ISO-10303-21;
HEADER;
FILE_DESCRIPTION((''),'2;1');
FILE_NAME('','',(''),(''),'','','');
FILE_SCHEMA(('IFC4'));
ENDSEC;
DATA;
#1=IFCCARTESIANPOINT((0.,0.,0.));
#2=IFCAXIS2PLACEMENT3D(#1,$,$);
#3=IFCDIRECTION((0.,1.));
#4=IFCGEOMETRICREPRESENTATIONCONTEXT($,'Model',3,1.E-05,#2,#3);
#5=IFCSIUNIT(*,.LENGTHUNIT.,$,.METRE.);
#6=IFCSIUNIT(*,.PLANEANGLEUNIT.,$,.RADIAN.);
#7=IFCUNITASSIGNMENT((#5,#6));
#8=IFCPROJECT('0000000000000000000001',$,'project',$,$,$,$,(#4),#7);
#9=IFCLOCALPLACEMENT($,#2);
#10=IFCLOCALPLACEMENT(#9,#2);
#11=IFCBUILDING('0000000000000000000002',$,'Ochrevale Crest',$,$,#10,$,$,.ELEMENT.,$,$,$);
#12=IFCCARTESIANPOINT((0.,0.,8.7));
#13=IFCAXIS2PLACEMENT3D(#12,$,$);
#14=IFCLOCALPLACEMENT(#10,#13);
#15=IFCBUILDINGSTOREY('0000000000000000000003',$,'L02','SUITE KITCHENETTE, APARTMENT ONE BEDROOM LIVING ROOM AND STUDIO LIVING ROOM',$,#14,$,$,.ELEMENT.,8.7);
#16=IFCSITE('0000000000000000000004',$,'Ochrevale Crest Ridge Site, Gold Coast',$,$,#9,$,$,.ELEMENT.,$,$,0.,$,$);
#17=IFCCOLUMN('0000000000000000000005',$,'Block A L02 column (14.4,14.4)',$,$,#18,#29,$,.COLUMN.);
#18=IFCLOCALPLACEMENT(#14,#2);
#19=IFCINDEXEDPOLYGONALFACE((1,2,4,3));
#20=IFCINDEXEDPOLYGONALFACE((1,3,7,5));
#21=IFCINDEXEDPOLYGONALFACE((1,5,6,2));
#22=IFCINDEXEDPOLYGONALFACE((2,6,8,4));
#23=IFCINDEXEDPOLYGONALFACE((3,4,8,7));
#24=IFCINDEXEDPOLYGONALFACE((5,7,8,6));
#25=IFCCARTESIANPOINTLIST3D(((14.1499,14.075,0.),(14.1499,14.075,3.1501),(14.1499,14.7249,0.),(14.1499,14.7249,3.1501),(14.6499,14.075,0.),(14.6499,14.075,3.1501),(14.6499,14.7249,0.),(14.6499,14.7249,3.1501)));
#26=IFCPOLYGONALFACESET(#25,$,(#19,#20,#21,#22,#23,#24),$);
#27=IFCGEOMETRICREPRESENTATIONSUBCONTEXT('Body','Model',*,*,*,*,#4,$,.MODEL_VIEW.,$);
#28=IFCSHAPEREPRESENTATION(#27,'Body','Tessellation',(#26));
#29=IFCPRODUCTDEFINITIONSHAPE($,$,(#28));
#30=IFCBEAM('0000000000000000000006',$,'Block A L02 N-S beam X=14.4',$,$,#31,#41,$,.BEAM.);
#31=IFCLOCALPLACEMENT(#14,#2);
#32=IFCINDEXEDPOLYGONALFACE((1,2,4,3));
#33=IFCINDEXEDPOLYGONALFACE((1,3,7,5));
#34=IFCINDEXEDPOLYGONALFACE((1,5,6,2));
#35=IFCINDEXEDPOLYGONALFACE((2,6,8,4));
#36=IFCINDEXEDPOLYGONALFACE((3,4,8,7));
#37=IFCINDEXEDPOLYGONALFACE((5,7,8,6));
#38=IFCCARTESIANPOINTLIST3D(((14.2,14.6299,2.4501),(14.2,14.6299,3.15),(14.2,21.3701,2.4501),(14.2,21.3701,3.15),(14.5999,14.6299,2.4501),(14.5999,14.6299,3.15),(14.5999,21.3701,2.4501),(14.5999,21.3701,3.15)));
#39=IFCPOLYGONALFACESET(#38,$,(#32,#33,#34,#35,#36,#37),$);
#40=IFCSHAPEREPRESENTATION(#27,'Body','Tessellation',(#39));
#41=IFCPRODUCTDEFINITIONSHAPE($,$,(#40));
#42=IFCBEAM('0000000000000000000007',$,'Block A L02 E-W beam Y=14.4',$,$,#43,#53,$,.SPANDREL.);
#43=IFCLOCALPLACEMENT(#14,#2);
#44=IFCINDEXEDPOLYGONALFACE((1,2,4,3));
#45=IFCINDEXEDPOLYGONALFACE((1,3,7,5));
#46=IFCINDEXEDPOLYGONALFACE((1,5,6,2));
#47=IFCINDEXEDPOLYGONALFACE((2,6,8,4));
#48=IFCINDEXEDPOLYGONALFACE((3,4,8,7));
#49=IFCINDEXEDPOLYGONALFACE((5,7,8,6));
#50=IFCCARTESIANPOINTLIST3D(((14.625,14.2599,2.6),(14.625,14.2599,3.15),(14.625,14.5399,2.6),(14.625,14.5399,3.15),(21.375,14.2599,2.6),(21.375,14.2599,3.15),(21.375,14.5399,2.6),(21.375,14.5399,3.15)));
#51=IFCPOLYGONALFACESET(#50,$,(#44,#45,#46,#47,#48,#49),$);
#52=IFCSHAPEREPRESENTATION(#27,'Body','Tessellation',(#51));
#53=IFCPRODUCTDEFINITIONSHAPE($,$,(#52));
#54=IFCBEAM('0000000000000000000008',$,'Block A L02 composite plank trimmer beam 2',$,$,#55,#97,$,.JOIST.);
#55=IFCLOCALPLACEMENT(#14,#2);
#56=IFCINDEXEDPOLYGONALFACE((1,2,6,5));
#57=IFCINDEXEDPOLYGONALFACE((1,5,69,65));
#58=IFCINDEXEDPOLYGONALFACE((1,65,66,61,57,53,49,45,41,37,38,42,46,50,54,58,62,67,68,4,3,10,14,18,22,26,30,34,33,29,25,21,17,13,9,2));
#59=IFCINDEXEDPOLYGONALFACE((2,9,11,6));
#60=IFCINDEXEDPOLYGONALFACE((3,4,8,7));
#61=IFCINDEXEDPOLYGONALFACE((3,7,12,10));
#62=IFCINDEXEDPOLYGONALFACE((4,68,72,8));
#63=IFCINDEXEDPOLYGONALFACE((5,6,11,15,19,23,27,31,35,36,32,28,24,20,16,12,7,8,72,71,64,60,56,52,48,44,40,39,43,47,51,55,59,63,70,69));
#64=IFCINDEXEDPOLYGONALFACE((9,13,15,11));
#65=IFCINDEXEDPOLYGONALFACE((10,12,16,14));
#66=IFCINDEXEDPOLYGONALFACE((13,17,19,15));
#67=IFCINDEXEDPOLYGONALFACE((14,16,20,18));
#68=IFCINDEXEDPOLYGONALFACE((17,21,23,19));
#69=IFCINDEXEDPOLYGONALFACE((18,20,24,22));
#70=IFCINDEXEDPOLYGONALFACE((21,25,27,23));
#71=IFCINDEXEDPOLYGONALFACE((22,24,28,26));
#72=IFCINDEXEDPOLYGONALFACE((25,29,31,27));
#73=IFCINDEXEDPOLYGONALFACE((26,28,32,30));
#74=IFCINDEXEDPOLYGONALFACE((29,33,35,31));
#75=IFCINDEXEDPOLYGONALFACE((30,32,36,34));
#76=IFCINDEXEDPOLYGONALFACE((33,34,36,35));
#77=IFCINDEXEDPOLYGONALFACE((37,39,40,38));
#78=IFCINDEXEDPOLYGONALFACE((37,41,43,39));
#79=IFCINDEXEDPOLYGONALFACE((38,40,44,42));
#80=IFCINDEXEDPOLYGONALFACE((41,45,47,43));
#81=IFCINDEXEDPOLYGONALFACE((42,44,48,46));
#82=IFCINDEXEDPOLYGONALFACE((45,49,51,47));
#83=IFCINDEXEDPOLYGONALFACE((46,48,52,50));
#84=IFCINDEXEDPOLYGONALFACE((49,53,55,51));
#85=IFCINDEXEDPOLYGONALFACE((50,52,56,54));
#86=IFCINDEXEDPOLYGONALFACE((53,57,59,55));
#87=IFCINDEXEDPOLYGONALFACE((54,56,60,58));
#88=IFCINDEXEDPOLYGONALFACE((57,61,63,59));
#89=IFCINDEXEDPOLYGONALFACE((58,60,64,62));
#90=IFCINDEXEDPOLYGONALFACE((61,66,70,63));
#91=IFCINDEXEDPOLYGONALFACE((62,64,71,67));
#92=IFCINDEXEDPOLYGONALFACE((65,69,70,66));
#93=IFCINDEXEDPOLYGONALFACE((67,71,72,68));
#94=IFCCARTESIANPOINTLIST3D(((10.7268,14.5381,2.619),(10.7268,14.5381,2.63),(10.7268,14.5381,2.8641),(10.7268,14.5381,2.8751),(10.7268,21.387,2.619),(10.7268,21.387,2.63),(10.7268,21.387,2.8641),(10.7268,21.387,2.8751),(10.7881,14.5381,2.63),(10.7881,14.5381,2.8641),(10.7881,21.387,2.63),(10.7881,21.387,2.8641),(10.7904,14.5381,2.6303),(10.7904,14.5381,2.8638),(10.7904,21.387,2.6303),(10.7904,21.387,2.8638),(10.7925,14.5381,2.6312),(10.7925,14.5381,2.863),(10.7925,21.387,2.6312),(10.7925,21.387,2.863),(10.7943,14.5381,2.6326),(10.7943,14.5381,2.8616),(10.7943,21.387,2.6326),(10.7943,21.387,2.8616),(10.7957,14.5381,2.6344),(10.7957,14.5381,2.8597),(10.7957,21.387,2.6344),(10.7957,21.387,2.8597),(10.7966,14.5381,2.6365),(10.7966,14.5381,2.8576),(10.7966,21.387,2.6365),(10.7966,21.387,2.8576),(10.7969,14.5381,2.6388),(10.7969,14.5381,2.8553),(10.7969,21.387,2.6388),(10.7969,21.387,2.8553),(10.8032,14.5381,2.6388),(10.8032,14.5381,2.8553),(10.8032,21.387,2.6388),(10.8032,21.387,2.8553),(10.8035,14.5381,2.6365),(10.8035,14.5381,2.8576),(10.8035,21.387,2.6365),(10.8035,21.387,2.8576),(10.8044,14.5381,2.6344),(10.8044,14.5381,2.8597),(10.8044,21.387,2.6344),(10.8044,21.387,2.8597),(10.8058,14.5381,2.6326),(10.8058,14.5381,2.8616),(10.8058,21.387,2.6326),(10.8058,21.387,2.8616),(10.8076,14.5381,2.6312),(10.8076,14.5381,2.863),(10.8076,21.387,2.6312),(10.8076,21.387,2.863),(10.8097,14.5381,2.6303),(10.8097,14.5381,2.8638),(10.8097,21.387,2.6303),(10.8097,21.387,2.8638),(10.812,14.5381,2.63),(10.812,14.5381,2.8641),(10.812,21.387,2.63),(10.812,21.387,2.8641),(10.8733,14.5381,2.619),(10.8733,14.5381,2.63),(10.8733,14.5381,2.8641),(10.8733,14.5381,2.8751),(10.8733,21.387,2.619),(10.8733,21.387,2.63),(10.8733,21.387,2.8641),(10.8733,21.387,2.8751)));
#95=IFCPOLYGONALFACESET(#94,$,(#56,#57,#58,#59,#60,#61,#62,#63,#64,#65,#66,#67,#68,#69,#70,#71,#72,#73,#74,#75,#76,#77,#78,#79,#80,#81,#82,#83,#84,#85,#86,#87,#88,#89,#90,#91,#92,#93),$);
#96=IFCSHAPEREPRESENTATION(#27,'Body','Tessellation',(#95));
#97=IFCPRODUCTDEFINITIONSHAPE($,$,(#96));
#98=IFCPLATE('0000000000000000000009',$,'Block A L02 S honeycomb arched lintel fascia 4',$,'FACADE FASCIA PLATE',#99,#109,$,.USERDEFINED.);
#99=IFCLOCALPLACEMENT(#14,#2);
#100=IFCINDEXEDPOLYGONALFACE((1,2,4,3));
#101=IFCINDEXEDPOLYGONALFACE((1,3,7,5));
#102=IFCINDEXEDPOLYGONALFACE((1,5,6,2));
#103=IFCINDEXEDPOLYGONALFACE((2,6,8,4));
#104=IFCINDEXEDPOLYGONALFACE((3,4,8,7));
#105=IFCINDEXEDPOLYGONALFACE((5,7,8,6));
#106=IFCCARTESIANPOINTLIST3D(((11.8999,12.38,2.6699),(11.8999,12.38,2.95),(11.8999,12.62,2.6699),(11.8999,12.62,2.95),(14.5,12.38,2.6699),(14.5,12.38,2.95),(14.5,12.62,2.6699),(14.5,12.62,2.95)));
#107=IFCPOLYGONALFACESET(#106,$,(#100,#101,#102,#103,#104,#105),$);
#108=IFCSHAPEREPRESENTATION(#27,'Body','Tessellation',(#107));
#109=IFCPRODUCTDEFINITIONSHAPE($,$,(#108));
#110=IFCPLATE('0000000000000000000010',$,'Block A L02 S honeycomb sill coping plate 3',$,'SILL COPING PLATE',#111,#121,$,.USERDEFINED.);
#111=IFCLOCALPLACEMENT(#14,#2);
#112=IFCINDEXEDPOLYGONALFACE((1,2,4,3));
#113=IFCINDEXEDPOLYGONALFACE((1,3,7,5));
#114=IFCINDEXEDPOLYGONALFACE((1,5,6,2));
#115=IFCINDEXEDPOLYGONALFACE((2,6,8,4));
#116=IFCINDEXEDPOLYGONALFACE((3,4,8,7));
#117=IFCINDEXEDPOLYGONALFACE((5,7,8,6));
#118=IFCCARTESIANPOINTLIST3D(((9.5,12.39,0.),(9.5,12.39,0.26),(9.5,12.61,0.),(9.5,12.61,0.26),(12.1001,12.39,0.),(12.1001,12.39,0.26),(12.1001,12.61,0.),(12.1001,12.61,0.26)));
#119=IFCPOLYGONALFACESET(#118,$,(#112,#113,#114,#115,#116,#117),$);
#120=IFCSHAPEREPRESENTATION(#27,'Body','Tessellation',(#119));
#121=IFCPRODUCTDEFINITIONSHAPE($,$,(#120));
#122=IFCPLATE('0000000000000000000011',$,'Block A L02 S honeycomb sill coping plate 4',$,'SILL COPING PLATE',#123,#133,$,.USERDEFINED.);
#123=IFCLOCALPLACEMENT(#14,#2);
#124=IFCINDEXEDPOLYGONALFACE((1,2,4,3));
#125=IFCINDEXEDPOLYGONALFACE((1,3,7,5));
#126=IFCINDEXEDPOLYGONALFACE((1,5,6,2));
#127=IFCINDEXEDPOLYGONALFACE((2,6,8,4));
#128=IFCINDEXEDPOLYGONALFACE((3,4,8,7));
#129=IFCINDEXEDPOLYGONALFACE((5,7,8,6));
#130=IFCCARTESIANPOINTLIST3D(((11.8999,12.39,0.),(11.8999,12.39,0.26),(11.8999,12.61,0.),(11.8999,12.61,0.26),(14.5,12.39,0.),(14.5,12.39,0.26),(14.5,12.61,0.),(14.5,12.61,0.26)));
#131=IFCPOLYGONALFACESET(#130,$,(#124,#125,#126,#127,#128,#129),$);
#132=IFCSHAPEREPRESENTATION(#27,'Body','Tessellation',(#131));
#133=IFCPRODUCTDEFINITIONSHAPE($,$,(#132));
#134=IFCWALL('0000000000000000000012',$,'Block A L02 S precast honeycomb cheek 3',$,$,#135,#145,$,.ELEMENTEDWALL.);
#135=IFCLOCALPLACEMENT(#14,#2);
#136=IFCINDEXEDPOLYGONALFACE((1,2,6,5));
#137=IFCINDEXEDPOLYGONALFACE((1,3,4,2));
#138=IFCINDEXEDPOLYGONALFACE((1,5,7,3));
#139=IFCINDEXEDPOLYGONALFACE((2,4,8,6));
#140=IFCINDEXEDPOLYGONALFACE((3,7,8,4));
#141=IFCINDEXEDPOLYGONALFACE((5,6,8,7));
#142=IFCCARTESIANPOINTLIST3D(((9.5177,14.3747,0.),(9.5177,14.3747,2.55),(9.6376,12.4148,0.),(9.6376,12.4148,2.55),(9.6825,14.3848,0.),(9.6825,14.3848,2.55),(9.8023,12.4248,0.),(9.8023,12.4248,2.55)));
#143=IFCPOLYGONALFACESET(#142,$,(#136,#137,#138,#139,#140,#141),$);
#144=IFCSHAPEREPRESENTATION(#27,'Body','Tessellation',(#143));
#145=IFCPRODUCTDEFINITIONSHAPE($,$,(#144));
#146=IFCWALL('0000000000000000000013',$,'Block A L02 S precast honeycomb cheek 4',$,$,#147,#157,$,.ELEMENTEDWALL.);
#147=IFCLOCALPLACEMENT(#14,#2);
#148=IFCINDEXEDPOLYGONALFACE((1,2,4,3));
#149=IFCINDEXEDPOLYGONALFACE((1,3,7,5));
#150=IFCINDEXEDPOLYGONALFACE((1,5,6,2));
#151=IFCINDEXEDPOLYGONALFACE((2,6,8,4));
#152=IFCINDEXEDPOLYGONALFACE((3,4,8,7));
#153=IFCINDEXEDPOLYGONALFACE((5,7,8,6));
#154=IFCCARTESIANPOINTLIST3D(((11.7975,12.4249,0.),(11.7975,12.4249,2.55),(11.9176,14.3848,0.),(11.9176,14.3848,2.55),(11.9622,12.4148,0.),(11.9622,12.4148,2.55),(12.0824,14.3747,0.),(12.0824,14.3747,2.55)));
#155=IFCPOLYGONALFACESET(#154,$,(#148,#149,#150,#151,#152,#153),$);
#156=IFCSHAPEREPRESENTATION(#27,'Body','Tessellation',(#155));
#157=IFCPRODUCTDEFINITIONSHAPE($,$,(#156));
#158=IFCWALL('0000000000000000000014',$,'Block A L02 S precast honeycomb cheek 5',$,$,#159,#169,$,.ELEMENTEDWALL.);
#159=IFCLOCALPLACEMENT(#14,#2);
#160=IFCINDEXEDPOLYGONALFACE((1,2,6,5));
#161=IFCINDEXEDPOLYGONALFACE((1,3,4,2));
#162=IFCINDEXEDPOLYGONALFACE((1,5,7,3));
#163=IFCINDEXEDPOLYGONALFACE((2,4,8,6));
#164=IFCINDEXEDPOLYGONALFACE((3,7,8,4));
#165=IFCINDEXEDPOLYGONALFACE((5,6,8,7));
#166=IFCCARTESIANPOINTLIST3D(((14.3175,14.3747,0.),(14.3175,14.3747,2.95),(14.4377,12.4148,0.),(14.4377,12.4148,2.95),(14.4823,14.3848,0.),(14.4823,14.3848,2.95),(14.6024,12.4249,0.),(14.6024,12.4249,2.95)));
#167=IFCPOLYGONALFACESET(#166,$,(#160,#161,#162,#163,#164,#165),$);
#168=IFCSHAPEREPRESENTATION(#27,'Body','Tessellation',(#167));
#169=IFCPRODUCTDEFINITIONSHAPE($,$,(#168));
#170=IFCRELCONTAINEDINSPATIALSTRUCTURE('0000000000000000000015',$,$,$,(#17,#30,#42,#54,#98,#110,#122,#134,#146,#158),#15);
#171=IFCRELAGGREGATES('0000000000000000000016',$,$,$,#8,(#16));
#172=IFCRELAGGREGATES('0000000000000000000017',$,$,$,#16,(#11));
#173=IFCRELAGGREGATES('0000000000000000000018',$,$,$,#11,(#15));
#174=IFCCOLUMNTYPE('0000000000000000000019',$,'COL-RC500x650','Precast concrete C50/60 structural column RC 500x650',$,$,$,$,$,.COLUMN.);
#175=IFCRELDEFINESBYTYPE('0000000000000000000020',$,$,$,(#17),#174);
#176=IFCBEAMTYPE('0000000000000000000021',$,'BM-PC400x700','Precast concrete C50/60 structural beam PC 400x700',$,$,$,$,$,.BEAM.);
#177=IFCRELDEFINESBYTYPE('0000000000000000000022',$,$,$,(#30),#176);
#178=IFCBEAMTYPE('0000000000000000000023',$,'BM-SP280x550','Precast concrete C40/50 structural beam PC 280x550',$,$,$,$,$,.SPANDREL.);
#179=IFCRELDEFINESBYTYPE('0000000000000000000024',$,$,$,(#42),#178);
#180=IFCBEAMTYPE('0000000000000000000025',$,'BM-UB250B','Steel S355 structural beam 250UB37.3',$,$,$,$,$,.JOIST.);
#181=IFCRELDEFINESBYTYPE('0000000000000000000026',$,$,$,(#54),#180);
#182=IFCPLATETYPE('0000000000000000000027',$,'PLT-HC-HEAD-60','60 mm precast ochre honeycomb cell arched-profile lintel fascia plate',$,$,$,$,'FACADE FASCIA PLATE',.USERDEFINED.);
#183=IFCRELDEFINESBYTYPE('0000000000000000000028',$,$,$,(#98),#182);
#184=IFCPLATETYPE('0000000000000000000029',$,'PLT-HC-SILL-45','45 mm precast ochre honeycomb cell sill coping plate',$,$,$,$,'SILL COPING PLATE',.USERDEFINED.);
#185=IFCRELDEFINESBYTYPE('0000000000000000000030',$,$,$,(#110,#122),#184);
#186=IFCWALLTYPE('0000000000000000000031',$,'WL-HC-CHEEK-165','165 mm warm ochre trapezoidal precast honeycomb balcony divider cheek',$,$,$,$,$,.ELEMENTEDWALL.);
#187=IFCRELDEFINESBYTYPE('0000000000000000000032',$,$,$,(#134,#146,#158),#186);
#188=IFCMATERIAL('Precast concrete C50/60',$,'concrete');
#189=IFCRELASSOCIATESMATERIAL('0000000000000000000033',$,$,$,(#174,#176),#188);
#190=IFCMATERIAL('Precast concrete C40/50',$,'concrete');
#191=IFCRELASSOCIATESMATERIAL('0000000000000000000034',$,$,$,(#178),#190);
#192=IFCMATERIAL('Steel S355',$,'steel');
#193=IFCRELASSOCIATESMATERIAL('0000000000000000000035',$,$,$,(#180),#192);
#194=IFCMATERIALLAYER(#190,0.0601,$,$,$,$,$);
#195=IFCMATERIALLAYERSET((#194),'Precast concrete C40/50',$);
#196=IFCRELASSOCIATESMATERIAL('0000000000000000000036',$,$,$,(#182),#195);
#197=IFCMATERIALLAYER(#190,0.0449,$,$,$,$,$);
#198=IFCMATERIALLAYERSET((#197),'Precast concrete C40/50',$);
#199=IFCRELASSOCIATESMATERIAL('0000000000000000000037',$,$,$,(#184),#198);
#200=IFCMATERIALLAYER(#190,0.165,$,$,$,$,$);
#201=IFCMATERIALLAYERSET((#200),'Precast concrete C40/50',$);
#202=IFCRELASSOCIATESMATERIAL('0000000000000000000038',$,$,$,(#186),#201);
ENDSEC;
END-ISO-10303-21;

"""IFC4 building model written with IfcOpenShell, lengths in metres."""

from ifc_helpers import new_model, si_unit, direction, frame, frame_2d, origin, origin_2d, place, context, subcontext, project, spatial, rectangle, i_section, extrude, material, layer, layer_set, material_profile, profile_set, type_object, element, save


model = new_model("IFC4")

# Units and contexts
model_context = context("Model", 3, precision=1e-05, world=origin(), true_north=direction((0.0, 1.0)))
body_context = subcontext(model_context, "Body", "Model", "MODEL_VIEW")
ifc_project = project(units=[si_unit("LENGTHUNIT", "METRE"), si_unit("PLANEANGLEUNIT", "RADIAN")], contexts=[model_context])

# Site, building, storey
site_placement = place(None, origin())
site = spatial("IfcSite", under=ifc_project, at=site_placement, Name="Ochrevale Crest Ridge Site, Gold Coast", CompositionType="ELEMENT", RefElevation=0.0)
building_placement = place(site_placement, origin())
building = spatial("IfcBuilding", under=site, at=building_placement, Name="Ochrevale Crest", CompositionType="ELEMENT")
storey_placement = place(building_placement, frame((0.0, 0.0, 8.7)))
storey = spatial("IfcBuildingStorey", under=building, at=storey_placement, Name="L02", Description="SUITE KITCHENETTE, APARTMENT ONE BEDROOM LIVING ROOM AND STUDIO LIVING ROOM", CompositionType="ELEMENT", Elevation=8.7)

# Column
ifc_material_1 = material(Name="Precast concrete C50/60", Category="concrete")
ifc_material_profile_1 = material_profile(ifc_material_1, rectangle(XDim=0.5, YDim=0.6499, at=origin_2d()), Name="RC 500x650")
ifc_profile_set_1 = profile_set([ifc_material_profile_1], Name="Precast concrete C50/60")
column_type = type_object("IfcColumnType", Name="COL-RC500x650", Description="Precast concrete C50/60 structural column RC 500x650", PredefinedType="COLUMN", material=ifc_profile_set_1)
column_placement = place(storey_placement, frame((14.3999, 14.3999, 0.0), z_axis=(0.0, 0.0, 1.0), x_axis=(1.0, 0.0, 0.0)))
element("IfcColumn", 1, at=column_placement, inside=storey, type_object=column_type, Name="Block A L02 column (14.4,14.4)", PredefinedType="COLUMN", context=body_context, shape_type="SweptSolid", body=[
    extrude(rectangle(XDim=0.5, YDim=0.6499, at=origin_2d()), origin(), (0.0, 0.0, 1.0), 3.1501),
])

# Beams
ifc_material_profile_2 = material_profile(ifc_material_1, rectangle(XDim=0.3999, YDim=0.7, at=origin_2d()), Name="PC 400x700")
ifc_profile_set_2 = profile_set([ifc_material_profile_2], Name="Precast concrete C50/60")
beam_type_1 = type_object("IfcBeamType", Name="BM-PC400x700", Description="Precast concrete C50/60 structural beam PC 400x700", PredefinedType="BEAM", material=ifc_profile_set_2)
beam_1_placement = place(storey_placement, frame((14.3999, 14.6299, 2.8), z_axis=(0.0, 1.0, 0.0), x_axis=(-1.0, 0.0, 0.0)))
element("IfcBeam", 2, at=beam_1_placement, inside=storey, type_object=beam_type_1, Name="Block A L02 N-S beam X=14.4", PredefinedType="BEAM", context=body_context, shape_type="SweptSolid", body=[
    extrude(rectangle(XDim=0.3999, YDim=0.7, at=origin_2d()), origin(), (0.0, 0.0, 1.0), 6.7402),
])
ifc_material_2 = material(Name="Precast concrete C40/50", Category="concrete")
ifc_material_profile_3 = material_profile(ifc_material_2, rectangle(XDim=0.28, YDim=0.55, at=origin_2d()), Name="PC 280x550")
ifc_profile_set_3 = profile_set([ifc_material_profile_3], Name="Precast concrete C40/50")
beam_type_2 = type_object("IfcBeamType", Name="BM-SP280x550", Description="Precast concrete C40/50 structural beam PC 280x550", PredefinedType="SPANDREL", material=ifc_profile_set_3)
beam_2_placement = place(storey_placement, frame((14.625, 14.3999, 2.875), z_axis=(1.0, 0.0, 0.0), x_axis=(0.0, 1.0, 0.0)))
element("IfcBeam", 3, at=beam_2_placement, inside=storey, type_object=beam_type_2, Name="Block A L02 E-W beam Y=14.4", PredefinedType="SPANDREL", context=body_context, shape_type="SweptSolid", body=[
    extrude(rectangle(XDim=0.28, YDim=0.55, at=origin_2d()), origin(), (0.0, 0.0, 1.0), 6.75),
])
ifc_material_3 = material(Name="Steel S355", Category="steel")
ifc_material_profile_4 = material_profile(ifc_material_3, i_section(OverallWidth=0.1465, OverallDepth=0.2561, WebThickness=0.0063, FlangeThickness=0.011, FilletRadius=0.0088, at=origin_2d()), Name="250UB37.3")
ifc_profile_set_4 = profile_set([ifc_material_profile_4], Name="Steel S355")
beam_type_3 = type_object("IfcBeamType", Name="BM-UB250B", Description="Steel S355 structural beam 250UB37.3", PredefinedType="JOIST", material=ifc_profile_set_4)
beam_3_placement = place(storey_placement, frame((10.8, 14.5381, 2.7471), z_axis=(0.0, 1.0, 0.0), x_axis=(-1.0, 0.0, 0.0)))
element("IfcBeam", 4, at=beam_3_placement, inside=storey, type_object=beam_type_3, Name="Block A L02 composite plank trimmer beam 2", PredefinedType="JOIST", context=body_context, shape_type="SweptSolid", body=[
    extrude(i_section(OverallWidth=0.1465, OverallDepth=0.2561, WebThickness=0.0063, FlangeThickness=0.011, FilletRadius=0.0088, at=origin_2d()), origin(), (0.0, 0.0, 1.0), 6.8489),
])

# Plates
ifc_layer_1 = layer(ifc_material_2, 0.0601)
ifc_layer_set_1 = layer_set([ifc_layer_1], Name="Precast concrete C40/50")
plate_type_1 = type_object("IfcPlateType", Name="PLT-HC-HEAD-60", Description="60 mm precast ochre honeycomb cell arched-profile lintel fascia plate", ElementType="FACADE FASCIA PLATE", PredefinedType="USERDEFINED", material=ifc_layer_set_1)
plate_placement = place(storey_placement, frame((13.2, 12.5, 2.6699), z_axis=(0.0, 0.0, 1.0), x_axis=(1.0, 0.0, 0.0)))
element("IfcPlate", 5, at=plate_placement, inside=storey, type_object=plate_type_1, Name="Block A L02 S honeycomb arched lintel fascia 4", ObjectType="FACADE FASCIA PLATE", PredefinedType="USERDEFINED", context=body_context, shape_type="SweptSolid", body=[
    extrude(rectangle(XDim=2.6001, YDim=0.24, at=origin_2d()), origin(), (0.0, 0.0, 1.0), 0.28),
])
ifc_layer_2 = layer(ifc_material_2, 0.0449)
ifc_layer_set_2 = layer_set([ifc_layer_2], Name="Precast concrete C40/50")
plate_type_2 = type_object("IfcPlateType", Name="PLT-HC-SILL-45", Description="45 mm precast ochre honeycomb cell sill coping plate", ElementType="SILL COPING PLATE", PredefinedType="USERDEFINED", material=ifc_layer_set_2)
for number, where, z_axis, x_axis, name in (
    (6, (10.8, 12.5, 0.0), (0.0, 0.0, 1.0), (1.0, 0.0, 0.0), "Block A L02 S honeycomb sill coping plate 3"),
    (7, (13.2, 12.5, 0.0), (0.0, 0.0, 1.0), (1.0, 0.0, 0.0), "Block A L02 S honeycomb sill coping plate 4"),
):
    element("IfcPlate", number, at=place(storey_placement, frame(where, z_axis=z_axis, x_axis=x_axis)), inside=storey, type_object=plate_type_2, Name=name, ObjectType="SILL COPING PLATE", PredefinedType="USERDEFINED", context=body_context, shape_type="SweptSolid", body=[
        extrude(rectangle(XDim=2.6001, YDim=0.22, at=origin_2d()), origin(), (0.0, 0.0, 1.0), 0.26),
    ])

# Walls
ifc_layer_3 = layer(ifc_material_2, 0.165)
ifc_layer_set_3 = layer_set([ifc_layer_3], Name="Precast concrete C40/50")
wall_type_1 = type_object("IfcWallType", Name="WL-HC-CHEEK-165", Description="165 mm warm ochre trapezoidal precast honeycomb balcony divider cheek", PredefinedType="ELEMENTEDWALL", material=ifc_layer_set_3)
for number, where, z_axis, x_axis, name in (
    (8, (9.6001, 14.3799, 0.0), (0.0, 0.0, 1.0), (0.061047, -0.998135, 0.0), "Block A L02 S precast honeycomb cheek 3"),
    (9, (12.0, 14.3799, 0.0), (0.0, 0.0, 1.0), (-0.061171, -0.998127, 0.0), "Block A L02 S precast honeycomb cheek 4"),
):
    element("IfcWall", number, at=place(storey_placement, frame(where, z_axis=z_axis, x_axis=x_axis)), inside=storey, type_object=wall_type_1, Name=name, PredefinedType="ELEMENTEDWALL", context=body_context, shape_type="SweptSolid", body=[
        extrude(rectangle(XDim=1.9636, YDim=0.165, at=frame_2d((0.9819, 0.0))), origin(), (0.0, 0.0, 1.0), 2.55),
    ])
wall_1_placement = place(storey_placement, frame((14.3999, 14.3799, 0.0), z_axis=(0.0, 0.0, 1.0), x_axis=(0.061171, -0.998127, 0.0)))
element("IfcWall", 10, at=wall_1_placement, inside=storey, type_object=wall_type_1, Name="Block A L02 S precast honeycomb cheek 5", PredefinedType="ELEMENTEDWALL", context=body_context, shape_type="SweptSolid", body=[
    extrude(rectangle(XDim=1.9636, YDim=0.165, at=frame_2d((0.9819, 0.0))), origin(), (0.0, 0.0, 1.0), 2.95),
])

save(model, "model.ifc")
